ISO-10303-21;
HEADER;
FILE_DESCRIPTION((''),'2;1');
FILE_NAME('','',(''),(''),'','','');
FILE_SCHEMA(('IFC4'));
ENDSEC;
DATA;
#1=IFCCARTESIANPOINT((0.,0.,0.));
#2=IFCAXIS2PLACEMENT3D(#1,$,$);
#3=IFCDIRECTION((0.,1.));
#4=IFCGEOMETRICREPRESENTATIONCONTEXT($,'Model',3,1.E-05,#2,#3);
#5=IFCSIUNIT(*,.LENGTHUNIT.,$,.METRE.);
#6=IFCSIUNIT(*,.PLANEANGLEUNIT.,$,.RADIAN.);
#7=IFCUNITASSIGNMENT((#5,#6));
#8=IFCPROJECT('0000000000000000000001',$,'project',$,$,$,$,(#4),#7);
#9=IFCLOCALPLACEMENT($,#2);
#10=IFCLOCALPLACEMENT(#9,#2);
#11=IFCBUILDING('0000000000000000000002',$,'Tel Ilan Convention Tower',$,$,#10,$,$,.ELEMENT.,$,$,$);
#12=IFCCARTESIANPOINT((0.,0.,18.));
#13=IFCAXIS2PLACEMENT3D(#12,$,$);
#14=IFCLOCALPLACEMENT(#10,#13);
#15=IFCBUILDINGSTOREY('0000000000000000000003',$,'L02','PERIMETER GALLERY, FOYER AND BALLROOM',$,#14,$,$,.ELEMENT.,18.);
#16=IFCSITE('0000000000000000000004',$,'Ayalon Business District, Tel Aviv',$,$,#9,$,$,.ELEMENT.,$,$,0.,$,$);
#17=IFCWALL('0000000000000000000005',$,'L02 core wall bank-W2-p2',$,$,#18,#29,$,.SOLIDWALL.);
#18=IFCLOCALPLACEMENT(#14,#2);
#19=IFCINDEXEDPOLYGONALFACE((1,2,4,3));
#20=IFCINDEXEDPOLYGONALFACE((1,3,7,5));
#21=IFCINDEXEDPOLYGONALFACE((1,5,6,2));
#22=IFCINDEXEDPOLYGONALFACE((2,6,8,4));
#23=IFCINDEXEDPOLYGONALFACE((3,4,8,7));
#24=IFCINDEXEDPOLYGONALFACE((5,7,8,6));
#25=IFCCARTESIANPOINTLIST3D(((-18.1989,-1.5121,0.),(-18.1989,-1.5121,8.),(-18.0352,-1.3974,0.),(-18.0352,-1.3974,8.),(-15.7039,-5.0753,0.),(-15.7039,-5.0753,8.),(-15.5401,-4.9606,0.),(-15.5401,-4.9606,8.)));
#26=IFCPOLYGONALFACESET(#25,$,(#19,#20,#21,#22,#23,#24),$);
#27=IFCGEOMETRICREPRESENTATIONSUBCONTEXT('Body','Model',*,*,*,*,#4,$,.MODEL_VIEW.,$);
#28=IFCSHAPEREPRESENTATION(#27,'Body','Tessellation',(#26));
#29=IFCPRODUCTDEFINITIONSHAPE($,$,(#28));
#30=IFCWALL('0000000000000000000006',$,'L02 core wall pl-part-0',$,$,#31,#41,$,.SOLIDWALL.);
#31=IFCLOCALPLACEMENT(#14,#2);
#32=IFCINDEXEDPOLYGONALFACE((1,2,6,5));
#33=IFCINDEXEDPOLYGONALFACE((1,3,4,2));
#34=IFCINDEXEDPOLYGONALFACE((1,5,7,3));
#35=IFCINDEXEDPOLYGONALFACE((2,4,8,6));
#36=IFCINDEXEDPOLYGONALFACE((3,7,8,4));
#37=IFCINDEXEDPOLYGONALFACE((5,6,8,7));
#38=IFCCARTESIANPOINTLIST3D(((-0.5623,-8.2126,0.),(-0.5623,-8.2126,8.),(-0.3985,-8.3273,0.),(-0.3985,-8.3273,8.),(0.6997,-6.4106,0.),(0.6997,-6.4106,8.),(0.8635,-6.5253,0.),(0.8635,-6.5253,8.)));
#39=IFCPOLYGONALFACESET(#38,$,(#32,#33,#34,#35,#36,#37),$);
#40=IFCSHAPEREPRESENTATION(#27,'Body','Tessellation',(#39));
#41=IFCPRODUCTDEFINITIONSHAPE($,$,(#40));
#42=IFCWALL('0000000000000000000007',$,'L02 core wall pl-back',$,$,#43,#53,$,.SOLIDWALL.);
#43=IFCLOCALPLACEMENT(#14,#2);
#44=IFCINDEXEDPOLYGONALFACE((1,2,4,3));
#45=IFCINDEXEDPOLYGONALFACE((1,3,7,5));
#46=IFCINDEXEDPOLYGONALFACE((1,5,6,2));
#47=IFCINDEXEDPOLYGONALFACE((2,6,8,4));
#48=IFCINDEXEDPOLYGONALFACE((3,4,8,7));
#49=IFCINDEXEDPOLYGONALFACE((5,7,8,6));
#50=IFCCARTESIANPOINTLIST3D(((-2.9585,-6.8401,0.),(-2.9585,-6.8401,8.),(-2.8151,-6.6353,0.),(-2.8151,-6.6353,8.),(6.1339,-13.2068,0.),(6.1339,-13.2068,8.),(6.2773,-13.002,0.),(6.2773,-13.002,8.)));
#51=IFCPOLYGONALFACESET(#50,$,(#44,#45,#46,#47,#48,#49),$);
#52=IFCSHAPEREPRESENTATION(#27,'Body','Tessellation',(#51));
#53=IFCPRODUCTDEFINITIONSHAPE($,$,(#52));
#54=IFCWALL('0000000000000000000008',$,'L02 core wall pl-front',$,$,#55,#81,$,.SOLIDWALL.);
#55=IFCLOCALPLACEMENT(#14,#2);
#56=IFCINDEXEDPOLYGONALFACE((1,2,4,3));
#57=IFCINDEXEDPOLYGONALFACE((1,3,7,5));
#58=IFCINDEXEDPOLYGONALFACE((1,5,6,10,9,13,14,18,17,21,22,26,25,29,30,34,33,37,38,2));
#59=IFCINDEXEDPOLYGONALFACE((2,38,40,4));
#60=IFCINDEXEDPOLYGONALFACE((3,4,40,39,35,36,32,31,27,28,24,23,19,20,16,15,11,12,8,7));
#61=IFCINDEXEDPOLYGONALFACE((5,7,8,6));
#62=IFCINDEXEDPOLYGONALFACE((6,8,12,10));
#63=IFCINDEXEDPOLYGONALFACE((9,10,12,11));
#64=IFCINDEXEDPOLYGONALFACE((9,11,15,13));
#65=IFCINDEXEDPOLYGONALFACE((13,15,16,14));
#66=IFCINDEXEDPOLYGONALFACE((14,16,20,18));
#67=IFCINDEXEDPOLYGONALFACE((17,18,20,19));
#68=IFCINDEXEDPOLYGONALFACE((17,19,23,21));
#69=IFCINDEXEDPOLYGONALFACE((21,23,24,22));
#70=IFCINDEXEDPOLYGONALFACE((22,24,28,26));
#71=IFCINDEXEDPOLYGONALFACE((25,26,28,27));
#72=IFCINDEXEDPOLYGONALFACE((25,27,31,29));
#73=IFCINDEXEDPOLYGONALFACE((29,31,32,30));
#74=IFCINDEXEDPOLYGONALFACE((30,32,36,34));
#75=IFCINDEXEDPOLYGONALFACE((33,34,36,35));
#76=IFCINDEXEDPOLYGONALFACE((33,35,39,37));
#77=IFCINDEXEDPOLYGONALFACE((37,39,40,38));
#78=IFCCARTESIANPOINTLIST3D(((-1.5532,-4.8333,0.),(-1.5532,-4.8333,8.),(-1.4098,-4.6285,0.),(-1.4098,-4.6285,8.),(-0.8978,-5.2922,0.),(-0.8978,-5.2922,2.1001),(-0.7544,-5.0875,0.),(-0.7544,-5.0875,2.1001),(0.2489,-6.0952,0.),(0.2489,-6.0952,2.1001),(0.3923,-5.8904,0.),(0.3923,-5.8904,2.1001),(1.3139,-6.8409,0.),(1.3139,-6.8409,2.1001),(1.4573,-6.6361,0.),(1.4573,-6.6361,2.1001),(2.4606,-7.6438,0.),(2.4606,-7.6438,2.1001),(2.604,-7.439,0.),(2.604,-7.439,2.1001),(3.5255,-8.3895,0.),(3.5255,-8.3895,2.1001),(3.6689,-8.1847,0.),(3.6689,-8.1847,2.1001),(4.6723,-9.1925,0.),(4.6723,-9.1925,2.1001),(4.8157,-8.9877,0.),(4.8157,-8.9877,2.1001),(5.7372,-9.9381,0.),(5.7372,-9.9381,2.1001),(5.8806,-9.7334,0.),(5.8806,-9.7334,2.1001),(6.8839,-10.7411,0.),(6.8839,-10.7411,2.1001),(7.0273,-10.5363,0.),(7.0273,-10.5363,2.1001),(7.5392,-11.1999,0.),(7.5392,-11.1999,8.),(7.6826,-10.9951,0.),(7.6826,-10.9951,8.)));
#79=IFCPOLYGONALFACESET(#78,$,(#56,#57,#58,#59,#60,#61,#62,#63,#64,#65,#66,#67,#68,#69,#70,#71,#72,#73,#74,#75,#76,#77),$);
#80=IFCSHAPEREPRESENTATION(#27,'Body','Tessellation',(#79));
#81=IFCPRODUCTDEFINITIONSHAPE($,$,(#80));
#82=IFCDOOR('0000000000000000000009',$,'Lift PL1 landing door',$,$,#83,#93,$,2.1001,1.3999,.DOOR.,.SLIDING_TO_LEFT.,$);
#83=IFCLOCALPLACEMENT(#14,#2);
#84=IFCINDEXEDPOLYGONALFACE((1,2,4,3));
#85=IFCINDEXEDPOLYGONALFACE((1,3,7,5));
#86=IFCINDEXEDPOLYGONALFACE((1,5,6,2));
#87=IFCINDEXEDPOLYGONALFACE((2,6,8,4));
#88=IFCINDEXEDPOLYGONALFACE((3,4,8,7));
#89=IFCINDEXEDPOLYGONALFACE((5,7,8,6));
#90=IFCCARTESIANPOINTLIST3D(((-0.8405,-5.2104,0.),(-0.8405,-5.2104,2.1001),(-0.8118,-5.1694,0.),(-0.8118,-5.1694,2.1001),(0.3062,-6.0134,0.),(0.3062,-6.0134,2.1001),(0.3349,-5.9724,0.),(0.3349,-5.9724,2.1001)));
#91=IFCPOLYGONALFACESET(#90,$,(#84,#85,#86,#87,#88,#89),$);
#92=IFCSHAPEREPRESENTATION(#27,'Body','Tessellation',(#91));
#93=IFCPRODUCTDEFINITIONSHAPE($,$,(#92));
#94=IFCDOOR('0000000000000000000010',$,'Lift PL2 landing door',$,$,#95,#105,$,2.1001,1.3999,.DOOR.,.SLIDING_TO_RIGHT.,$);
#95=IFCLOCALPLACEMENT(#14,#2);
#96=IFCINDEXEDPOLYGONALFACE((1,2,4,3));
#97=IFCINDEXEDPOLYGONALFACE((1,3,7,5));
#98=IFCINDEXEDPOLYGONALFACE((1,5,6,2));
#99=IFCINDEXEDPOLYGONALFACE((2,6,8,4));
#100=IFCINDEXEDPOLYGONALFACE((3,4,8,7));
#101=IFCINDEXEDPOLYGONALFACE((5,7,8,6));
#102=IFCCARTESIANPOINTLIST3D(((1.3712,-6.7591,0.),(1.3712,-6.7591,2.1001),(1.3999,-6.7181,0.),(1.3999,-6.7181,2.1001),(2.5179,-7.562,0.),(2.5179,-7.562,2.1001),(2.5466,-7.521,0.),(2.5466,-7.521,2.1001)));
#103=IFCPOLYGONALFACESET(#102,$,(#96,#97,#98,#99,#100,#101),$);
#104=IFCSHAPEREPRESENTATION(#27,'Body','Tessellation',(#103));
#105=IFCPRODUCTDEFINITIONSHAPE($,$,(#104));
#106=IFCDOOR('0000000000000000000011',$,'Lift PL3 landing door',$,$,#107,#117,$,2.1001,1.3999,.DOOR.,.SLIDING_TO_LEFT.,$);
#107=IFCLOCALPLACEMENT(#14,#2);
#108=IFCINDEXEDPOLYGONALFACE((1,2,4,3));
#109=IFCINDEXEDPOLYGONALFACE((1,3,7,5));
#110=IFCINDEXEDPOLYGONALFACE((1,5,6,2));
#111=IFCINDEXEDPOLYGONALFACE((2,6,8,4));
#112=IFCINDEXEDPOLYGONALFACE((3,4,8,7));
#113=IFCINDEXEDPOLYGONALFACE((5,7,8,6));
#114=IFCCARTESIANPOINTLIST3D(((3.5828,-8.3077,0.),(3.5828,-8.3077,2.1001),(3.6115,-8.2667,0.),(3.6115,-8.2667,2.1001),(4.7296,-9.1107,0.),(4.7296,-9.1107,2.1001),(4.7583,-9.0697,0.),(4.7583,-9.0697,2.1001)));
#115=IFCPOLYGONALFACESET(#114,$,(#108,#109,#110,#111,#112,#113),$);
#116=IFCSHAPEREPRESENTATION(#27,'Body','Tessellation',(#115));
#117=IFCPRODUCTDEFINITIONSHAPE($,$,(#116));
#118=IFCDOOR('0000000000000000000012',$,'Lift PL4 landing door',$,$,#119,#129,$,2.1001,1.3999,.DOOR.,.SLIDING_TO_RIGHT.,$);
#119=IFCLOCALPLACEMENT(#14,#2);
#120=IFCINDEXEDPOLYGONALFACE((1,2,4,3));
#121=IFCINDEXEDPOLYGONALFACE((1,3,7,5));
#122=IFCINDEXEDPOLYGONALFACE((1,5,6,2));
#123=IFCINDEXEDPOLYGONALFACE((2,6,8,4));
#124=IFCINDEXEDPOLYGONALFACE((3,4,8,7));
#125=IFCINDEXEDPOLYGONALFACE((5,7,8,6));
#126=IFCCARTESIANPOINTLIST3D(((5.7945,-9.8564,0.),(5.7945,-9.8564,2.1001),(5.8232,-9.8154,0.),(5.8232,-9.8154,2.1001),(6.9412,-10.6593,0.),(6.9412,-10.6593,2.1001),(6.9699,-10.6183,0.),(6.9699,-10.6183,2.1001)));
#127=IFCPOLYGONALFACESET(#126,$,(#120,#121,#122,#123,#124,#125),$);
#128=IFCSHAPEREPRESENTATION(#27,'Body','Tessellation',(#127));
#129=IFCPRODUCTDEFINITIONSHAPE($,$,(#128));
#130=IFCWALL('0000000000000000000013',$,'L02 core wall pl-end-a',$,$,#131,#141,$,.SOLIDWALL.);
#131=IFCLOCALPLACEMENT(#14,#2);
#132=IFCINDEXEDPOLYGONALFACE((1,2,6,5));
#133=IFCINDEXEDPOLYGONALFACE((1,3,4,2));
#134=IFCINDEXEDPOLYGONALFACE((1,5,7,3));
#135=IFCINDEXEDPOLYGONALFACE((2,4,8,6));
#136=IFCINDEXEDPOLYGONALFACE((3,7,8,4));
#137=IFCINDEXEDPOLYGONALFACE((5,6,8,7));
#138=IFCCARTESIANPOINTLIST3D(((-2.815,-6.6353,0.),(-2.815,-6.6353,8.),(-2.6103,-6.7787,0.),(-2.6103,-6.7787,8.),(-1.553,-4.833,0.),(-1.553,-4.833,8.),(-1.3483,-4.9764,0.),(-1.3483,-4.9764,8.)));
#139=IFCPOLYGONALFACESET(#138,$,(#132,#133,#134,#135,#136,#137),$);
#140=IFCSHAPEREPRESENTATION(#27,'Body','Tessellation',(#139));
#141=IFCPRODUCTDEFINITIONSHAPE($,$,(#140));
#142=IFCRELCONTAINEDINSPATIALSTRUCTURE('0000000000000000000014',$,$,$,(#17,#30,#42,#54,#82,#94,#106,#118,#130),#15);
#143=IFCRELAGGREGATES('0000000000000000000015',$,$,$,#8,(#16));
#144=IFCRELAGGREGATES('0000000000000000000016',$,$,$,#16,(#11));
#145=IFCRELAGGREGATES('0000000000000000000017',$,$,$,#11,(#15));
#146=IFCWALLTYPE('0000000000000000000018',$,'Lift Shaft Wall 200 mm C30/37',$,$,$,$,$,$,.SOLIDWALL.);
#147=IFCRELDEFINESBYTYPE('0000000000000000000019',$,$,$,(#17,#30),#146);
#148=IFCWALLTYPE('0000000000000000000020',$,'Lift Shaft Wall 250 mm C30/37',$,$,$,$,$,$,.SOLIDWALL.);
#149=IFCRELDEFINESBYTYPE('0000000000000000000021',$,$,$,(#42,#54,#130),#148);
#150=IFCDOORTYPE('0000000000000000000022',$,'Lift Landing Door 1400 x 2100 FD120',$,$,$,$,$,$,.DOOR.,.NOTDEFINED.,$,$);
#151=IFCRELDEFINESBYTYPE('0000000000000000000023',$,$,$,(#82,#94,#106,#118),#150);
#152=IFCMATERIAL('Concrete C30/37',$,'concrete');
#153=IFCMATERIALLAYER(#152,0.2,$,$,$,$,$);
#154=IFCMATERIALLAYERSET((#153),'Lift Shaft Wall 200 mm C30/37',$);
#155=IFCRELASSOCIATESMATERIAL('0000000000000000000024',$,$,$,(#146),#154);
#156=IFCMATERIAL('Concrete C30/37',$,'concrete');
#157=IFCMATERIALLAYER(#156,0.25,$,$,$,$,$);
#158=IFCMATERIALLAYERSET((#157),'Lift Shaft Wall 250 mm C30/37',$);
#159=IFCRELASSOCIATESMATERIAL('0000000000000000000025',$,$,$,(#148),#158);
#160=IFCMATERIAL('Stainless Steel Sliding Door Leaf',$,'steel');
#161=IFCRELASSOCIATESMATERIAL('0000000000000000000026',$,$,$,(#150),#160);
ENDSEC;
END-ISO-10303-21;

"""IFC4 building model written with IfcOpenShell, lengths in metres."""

from ifc_helpers import new_model, si_unit, direction, frame, frame_2d, origin, place, context, subcontext, project, spatial, rectangle, extrude, material, layer, layer_set, type_object, element, fill, save


model = new_model("IFC4")

# Units and contexts
model_context = context("Model", 3, precision=1e-05, world=origin(), true_north=direction((0.0, 1.0)))
body_context = subcontext(model_context, "Body", "Model", "MODEL_VIEW")
ifc_project = project(units=[si_unit("LENGTHUNIT", "METRE"), si_unit("PLANEANGLEUNIT", "RADIAN")], contexts=[model_context])

# Site, building, storey
site_placement = place(None, origin())
site = spatial("IfcSite", under=ifc_project, at=site_placement, Name="Ayalon Business District, Tel Aviv", CompositionType="ELEMENT", RefElevation=0.0)
building_placement = place(site_placement, origin())
building = spatial("IfcBuilding", under=site, at=building_placement, Name="Tel Ilan Convention Tower", CompositionType="ELEMENT")
storey_placement = place(building_placement, frame((0.0, 0.0, 18.0)))
storey = spatial("IfcBuildingStorey", under=building, at=storey_placement, Name="L02", Description="PERIMETER GALLERY, FOYER AND BALLROOM", CompositionType="ELEMENT", Elevation=18.0)

# Walls
ifc_material_1 = material(Name="Concrete C30/37", Category="concrete")
ifc_layer_1 = layer(ifc_material_1, 0.2)
ifc_layer_set_1 = layer_set([ifc_layer_1], Name="Lift Shaft Wall 200 mm C30/37")
wall_type_1 = type_object("IfcWallType", Name="Lift Shaft Wall 200 mm C30/37", PredefinedType="SOLIDWALL", material=ifc_layer_set_1)
wall_1_placement = place(storey_placement, frame((-15.6221, -5.0178, 0.0), z_axis=(0.0, 0.0, 1.0), x_axis=(-0.573594, 0.81914, 0.0)))
element("IfcWall", 1, at=wall_1_placement, inside=storey, type_object=wall_type_1, Name="L02 core wall bank-W2-p2", PredefinedType="SOLIDWALL", context=body_context, shape_type="SweptSolid", body=[
    extrude(rectangle(XDim=4.3499, YDim=0.2, at=frame_2d((2.1748, 0.0))), origin(), (0.0, 0.0, 1.0), 8.0),
])
wall_2_placement = place(storey_placement, frame((-0.4805, -8.27, 0.0), z_axis=(0.0, 0.0, 1.0), x_axis=(0.573634, 0.819112, 0.0)))
element("IfcWall", 2, at=wall_2_placement, inside=storey, type_object=wall_type_1, Name="L02 core wall pl-part-0", PredefinedType="SOLIDWALL", context=body_context, shape_type="SweptSolid", body=[
    extrude(rectangle(XDim=2.2, YDim=0.2, at=frame_2d((1.1001, 0.0))), origin(), (0.0, 0.0, 1.0), 8.0),
])
ifc_material_2 = material(Name="Concrete C30/37", Category="concrete")
ifc_layer_2 = layer(ifc_material_2, 0.25)
ifc_layer_set_2 = layer_set([ifc_layer_2], Name="Lift Shaft Wall 250 mm C30/37")
wall_type_2 = type_object("IfcWallType", Name="Lift Shaft Wall 250 mm C30/37", PredefinedType="SOLIDWALL", material=ifc_layer_set_2)
wall_3_placement = place(storey_placement, frame((-2.8867, -6.7378, 0.0), z_axis=(0.0, 0.0, 1.0), x_axis=(0.81915, -0.573579, 0.0)))
element("IfcWall", 3, at=wall_3_placement, inside=storey, type_object=wall_type_2, Name="L02 core wall pl-back", PredefinedType="SOLIDWALL", context=body_context, shape_type="SweptSolid", body=[
    extrude(rectangle(XDim=11.0999, YDim=0.25, at=frame_2d((5.5498, 0.0))), origin(), (0.0, 0.0, 1.0), 8.0),
])

# Wall, openings, doors
wall_4_placement = place(storey_placement, frame((-1.4814, -4.731, 0.0), z_axis=(0.0, 0.0, 1.0), x_axis=(0.81915, -0.573579, 0.0)))
wall_4 = element("IfcWall", 4, at=wall_4_placement, inside=storey, type_object=wall_type_2, Name="L02 core wall pl-front", PredefinedType="SOLIDWALL", context=body_context, shape_type="SweptSolid", body=[
    extrude(rectangle(XDim=11.0999, YDim=0.25, at=frame_2d((5.5498, 0.0))), origin(), (0.0, 0.0, 1.0), 8.0),
])
opening_1_placement = place(wall_4_placement, frame((0.8, 0.0, 0.0)))
opening_1 = element("IfcOpeningElement", 5, at=opening_1_placement, cuts=wall_4, PredefinedType="OPENING", context=body_context, shape_type="SweptSolid", body=[
    extrude(rectangle(XDim=1.3999, YDim=2.1001, at=frame_2d((0.7, 1.05))), frame((0.0, 0.135, 0.0), z_axis=(0.0, -1.0, 0.0), x_axis=(1.0, 0.0, 0.0)), (0.0, 0.0, 1.0), 0.27),
])
opening_2_placement = place(wall_4_placement, frame((3.5, 0.0, 0.0)))
opening_2 = element("IfcOpeningElement", 6, at=opening_2_placement, cuts=wall_4, PredefinedType="OPENING", context=body_context, shape_type="SweptSolid", body=[
    extrude(rectangle(XDim=1.3999, YDim=2.1001, at=frame_2d((0.7, 1.05))), frame((0.0, 0.135, 0.0), z_axis=(0.0, -1.0, 0.0), x_axis=(1.0, 0.0, 0.0)), (0.0, 0.0, 1.0), 0.27),
])
opening_3_placement = place(wall_4_placement, frame((6.2, 0.0, 0.0)))
opening_3 = element("IfcOpeningElement", 7, at=opening_3_placement, cuts=wall_4, PredefinedType="OPENING", context=body_context, shape_type="SweptSolid", body=[
    extrude(rectangle(XDim=1.3999, YDim=2.1001, at=frame_2d((0.7, 1.05))), frame((0.0, 0.135, 0.0), z_axis=(0.0, -1.0, 0.0), x_axis=(1.0, 0.0, 0.0)), (0.0, 0.0, 1.0), 0.27),
])
opening_4_placement = place(wall_4_placement, frame((8.8999, 0.0, 0.0)))
opening_4 = element("IfcOpeningElement", 8, at=opening_4_placement, cuts=wall_4, PredefinedType="OPENING", context=body_context, shape_type="SweptSolid", body=[
    extrude(rectangle(XDim=1.3999, YDim=2.1001, at=frame_2d((0.7, 1.05))), frame((0.0, 0.135, 0.0), z_axis=(0.0, -1.0, 0.0), x_axis=(1.0, 0.0, 0.0)), (0.0, 0.0, 1.0), 0.27),
])
ifc_material_3 = material(Name="Stainless Steel Sliding Door Leaf", Category="steel")
door_type_1 = type_object("IfcDoorType", Name="Lift Landing Door 1400 x 2100 FD120", OperationType="NOTDEFINED", PredefinedType="DOOR", material=ifc_material_3)
door_1_placement = place(opening_1_placement, origin())
door_1 = element("IfcDoor", 9, at=door_1_placement, inside=storey, type_object=door_type_1, Name="Lift PL1 landing door", OperationType="SLIDING_TO_LEFT", OverallHeight=2.1001, OverallWidth=1.3999, PredefinedType="DOOR", context=body_context, shape_type="SweptSolid", body=[
    extrude(rectangle(XDim=1.3999, YDim=2.1001, at=frame_2d((0.7, 1.05))), frame((0.0, 0.0249, 0.0), z_axis=(0.0, -1.0, 0.0), x_axis=(1.0, 0.0, 0.0)), (0.0, 0.0, 1.0), 0.05),
])
fill(opening_1, door_1)
door_2_placement = place(opening_2_placement, origin())
door_2 = element("IfcDoor", 10, at=door_2_placement, inside=storey, type_object=door_type_1, Name="Lift PL2 landing door", OperationType="SLIDING_TO_RIGHT", OverallHeight=2.1001, OverallWidth=1.3999, PredefinedType="DOOR", context=body_context, shape_type="SweptSolid", body=[
    extrude(rectangle(XDim=1.3999, YDim=2.1001, at=frame_2d((0.7, 1.05))), frame((0.0, 0.0249, 0.0), z_axis=(0.0, -1.0, 0.0), x_axis=(1.0, 0.0, 0.0)), (0.0, 0.0, 1.0), 0.05),
])
fill(opening_2, door_2)
door_3_placement = place(opening_3_placement, origin())
door_3 = element("IfcDoor", 11, at=door_3_placement, inside=storey, type_object=door_type_1, Name="Lift PL3 landing door", OperationType="SLIDING_TO_LEFT", OverallHeight=2.1001, OverallWidth=1.3999, PredefinedType="DOOR", context=body_context, shape_type="SweptSolid", body=[
    extrude(rectangle(XDim=1.3999, YDim=2.1001, at=frame_2d((0.7, 1.05))), frame((0.0, 0.0249, 0.0), z_axis=(0.0, -1.0, 0.0), x_axis=(1.0, 0.0, 0.0)), (0.0, 0.0, 1.0), 0.05),
])
fill(opening_3, door_3)
door_4_placement = place(opening_4_placement, origin())
door_4 = element("IfcDoor", 12, at=door_4_placement, inside=storey, type_object=door_type_1, Name="Lift PL4 landing door", OperationType="SLIDING_TO_RIGHT", OverallHeight=2.1001, OverallWidth=1.3999, PredefinedType="DOOR", context=body_context, shape_type="SweptSolid", body=[
    extrude(rectangle(XDim=1.3999, YDim=2.1001, at=frame_2d((0.7, 1.05))), frame((0.0, 0.0249, 0.0), z_axis=(0.0, -1.0, 0.0), x_axis=(1.0, 0.0, 0.0)), (0.0, 0.0, 1.0), 0.05),
])
fill(opening_4, door_4)

# Wall
wall_5_placement = place(storey_placement, frame((-2.7126, -6.707, 0.0), z_axis=(0.0, 0.0, 1.0), x_axis=(0.573581, 0.819149, 0.0)))
element("IfcWall", 13, at=wall_5_placement, inside=storey, type_object=wall_type_2, Name="L02 core wall pl-end-a", PredefinedType="SOLIDWALL", context=body_context, shape_type="SweptSolid", body=[
    extrude(rectangle(XDim=2.2002, YDim=0.25, at=frame_2d((1.1001, 0.0))), origin(), (0.0, 0.0, 1.0), 8.0),
])

save(model, "model.ifc")
